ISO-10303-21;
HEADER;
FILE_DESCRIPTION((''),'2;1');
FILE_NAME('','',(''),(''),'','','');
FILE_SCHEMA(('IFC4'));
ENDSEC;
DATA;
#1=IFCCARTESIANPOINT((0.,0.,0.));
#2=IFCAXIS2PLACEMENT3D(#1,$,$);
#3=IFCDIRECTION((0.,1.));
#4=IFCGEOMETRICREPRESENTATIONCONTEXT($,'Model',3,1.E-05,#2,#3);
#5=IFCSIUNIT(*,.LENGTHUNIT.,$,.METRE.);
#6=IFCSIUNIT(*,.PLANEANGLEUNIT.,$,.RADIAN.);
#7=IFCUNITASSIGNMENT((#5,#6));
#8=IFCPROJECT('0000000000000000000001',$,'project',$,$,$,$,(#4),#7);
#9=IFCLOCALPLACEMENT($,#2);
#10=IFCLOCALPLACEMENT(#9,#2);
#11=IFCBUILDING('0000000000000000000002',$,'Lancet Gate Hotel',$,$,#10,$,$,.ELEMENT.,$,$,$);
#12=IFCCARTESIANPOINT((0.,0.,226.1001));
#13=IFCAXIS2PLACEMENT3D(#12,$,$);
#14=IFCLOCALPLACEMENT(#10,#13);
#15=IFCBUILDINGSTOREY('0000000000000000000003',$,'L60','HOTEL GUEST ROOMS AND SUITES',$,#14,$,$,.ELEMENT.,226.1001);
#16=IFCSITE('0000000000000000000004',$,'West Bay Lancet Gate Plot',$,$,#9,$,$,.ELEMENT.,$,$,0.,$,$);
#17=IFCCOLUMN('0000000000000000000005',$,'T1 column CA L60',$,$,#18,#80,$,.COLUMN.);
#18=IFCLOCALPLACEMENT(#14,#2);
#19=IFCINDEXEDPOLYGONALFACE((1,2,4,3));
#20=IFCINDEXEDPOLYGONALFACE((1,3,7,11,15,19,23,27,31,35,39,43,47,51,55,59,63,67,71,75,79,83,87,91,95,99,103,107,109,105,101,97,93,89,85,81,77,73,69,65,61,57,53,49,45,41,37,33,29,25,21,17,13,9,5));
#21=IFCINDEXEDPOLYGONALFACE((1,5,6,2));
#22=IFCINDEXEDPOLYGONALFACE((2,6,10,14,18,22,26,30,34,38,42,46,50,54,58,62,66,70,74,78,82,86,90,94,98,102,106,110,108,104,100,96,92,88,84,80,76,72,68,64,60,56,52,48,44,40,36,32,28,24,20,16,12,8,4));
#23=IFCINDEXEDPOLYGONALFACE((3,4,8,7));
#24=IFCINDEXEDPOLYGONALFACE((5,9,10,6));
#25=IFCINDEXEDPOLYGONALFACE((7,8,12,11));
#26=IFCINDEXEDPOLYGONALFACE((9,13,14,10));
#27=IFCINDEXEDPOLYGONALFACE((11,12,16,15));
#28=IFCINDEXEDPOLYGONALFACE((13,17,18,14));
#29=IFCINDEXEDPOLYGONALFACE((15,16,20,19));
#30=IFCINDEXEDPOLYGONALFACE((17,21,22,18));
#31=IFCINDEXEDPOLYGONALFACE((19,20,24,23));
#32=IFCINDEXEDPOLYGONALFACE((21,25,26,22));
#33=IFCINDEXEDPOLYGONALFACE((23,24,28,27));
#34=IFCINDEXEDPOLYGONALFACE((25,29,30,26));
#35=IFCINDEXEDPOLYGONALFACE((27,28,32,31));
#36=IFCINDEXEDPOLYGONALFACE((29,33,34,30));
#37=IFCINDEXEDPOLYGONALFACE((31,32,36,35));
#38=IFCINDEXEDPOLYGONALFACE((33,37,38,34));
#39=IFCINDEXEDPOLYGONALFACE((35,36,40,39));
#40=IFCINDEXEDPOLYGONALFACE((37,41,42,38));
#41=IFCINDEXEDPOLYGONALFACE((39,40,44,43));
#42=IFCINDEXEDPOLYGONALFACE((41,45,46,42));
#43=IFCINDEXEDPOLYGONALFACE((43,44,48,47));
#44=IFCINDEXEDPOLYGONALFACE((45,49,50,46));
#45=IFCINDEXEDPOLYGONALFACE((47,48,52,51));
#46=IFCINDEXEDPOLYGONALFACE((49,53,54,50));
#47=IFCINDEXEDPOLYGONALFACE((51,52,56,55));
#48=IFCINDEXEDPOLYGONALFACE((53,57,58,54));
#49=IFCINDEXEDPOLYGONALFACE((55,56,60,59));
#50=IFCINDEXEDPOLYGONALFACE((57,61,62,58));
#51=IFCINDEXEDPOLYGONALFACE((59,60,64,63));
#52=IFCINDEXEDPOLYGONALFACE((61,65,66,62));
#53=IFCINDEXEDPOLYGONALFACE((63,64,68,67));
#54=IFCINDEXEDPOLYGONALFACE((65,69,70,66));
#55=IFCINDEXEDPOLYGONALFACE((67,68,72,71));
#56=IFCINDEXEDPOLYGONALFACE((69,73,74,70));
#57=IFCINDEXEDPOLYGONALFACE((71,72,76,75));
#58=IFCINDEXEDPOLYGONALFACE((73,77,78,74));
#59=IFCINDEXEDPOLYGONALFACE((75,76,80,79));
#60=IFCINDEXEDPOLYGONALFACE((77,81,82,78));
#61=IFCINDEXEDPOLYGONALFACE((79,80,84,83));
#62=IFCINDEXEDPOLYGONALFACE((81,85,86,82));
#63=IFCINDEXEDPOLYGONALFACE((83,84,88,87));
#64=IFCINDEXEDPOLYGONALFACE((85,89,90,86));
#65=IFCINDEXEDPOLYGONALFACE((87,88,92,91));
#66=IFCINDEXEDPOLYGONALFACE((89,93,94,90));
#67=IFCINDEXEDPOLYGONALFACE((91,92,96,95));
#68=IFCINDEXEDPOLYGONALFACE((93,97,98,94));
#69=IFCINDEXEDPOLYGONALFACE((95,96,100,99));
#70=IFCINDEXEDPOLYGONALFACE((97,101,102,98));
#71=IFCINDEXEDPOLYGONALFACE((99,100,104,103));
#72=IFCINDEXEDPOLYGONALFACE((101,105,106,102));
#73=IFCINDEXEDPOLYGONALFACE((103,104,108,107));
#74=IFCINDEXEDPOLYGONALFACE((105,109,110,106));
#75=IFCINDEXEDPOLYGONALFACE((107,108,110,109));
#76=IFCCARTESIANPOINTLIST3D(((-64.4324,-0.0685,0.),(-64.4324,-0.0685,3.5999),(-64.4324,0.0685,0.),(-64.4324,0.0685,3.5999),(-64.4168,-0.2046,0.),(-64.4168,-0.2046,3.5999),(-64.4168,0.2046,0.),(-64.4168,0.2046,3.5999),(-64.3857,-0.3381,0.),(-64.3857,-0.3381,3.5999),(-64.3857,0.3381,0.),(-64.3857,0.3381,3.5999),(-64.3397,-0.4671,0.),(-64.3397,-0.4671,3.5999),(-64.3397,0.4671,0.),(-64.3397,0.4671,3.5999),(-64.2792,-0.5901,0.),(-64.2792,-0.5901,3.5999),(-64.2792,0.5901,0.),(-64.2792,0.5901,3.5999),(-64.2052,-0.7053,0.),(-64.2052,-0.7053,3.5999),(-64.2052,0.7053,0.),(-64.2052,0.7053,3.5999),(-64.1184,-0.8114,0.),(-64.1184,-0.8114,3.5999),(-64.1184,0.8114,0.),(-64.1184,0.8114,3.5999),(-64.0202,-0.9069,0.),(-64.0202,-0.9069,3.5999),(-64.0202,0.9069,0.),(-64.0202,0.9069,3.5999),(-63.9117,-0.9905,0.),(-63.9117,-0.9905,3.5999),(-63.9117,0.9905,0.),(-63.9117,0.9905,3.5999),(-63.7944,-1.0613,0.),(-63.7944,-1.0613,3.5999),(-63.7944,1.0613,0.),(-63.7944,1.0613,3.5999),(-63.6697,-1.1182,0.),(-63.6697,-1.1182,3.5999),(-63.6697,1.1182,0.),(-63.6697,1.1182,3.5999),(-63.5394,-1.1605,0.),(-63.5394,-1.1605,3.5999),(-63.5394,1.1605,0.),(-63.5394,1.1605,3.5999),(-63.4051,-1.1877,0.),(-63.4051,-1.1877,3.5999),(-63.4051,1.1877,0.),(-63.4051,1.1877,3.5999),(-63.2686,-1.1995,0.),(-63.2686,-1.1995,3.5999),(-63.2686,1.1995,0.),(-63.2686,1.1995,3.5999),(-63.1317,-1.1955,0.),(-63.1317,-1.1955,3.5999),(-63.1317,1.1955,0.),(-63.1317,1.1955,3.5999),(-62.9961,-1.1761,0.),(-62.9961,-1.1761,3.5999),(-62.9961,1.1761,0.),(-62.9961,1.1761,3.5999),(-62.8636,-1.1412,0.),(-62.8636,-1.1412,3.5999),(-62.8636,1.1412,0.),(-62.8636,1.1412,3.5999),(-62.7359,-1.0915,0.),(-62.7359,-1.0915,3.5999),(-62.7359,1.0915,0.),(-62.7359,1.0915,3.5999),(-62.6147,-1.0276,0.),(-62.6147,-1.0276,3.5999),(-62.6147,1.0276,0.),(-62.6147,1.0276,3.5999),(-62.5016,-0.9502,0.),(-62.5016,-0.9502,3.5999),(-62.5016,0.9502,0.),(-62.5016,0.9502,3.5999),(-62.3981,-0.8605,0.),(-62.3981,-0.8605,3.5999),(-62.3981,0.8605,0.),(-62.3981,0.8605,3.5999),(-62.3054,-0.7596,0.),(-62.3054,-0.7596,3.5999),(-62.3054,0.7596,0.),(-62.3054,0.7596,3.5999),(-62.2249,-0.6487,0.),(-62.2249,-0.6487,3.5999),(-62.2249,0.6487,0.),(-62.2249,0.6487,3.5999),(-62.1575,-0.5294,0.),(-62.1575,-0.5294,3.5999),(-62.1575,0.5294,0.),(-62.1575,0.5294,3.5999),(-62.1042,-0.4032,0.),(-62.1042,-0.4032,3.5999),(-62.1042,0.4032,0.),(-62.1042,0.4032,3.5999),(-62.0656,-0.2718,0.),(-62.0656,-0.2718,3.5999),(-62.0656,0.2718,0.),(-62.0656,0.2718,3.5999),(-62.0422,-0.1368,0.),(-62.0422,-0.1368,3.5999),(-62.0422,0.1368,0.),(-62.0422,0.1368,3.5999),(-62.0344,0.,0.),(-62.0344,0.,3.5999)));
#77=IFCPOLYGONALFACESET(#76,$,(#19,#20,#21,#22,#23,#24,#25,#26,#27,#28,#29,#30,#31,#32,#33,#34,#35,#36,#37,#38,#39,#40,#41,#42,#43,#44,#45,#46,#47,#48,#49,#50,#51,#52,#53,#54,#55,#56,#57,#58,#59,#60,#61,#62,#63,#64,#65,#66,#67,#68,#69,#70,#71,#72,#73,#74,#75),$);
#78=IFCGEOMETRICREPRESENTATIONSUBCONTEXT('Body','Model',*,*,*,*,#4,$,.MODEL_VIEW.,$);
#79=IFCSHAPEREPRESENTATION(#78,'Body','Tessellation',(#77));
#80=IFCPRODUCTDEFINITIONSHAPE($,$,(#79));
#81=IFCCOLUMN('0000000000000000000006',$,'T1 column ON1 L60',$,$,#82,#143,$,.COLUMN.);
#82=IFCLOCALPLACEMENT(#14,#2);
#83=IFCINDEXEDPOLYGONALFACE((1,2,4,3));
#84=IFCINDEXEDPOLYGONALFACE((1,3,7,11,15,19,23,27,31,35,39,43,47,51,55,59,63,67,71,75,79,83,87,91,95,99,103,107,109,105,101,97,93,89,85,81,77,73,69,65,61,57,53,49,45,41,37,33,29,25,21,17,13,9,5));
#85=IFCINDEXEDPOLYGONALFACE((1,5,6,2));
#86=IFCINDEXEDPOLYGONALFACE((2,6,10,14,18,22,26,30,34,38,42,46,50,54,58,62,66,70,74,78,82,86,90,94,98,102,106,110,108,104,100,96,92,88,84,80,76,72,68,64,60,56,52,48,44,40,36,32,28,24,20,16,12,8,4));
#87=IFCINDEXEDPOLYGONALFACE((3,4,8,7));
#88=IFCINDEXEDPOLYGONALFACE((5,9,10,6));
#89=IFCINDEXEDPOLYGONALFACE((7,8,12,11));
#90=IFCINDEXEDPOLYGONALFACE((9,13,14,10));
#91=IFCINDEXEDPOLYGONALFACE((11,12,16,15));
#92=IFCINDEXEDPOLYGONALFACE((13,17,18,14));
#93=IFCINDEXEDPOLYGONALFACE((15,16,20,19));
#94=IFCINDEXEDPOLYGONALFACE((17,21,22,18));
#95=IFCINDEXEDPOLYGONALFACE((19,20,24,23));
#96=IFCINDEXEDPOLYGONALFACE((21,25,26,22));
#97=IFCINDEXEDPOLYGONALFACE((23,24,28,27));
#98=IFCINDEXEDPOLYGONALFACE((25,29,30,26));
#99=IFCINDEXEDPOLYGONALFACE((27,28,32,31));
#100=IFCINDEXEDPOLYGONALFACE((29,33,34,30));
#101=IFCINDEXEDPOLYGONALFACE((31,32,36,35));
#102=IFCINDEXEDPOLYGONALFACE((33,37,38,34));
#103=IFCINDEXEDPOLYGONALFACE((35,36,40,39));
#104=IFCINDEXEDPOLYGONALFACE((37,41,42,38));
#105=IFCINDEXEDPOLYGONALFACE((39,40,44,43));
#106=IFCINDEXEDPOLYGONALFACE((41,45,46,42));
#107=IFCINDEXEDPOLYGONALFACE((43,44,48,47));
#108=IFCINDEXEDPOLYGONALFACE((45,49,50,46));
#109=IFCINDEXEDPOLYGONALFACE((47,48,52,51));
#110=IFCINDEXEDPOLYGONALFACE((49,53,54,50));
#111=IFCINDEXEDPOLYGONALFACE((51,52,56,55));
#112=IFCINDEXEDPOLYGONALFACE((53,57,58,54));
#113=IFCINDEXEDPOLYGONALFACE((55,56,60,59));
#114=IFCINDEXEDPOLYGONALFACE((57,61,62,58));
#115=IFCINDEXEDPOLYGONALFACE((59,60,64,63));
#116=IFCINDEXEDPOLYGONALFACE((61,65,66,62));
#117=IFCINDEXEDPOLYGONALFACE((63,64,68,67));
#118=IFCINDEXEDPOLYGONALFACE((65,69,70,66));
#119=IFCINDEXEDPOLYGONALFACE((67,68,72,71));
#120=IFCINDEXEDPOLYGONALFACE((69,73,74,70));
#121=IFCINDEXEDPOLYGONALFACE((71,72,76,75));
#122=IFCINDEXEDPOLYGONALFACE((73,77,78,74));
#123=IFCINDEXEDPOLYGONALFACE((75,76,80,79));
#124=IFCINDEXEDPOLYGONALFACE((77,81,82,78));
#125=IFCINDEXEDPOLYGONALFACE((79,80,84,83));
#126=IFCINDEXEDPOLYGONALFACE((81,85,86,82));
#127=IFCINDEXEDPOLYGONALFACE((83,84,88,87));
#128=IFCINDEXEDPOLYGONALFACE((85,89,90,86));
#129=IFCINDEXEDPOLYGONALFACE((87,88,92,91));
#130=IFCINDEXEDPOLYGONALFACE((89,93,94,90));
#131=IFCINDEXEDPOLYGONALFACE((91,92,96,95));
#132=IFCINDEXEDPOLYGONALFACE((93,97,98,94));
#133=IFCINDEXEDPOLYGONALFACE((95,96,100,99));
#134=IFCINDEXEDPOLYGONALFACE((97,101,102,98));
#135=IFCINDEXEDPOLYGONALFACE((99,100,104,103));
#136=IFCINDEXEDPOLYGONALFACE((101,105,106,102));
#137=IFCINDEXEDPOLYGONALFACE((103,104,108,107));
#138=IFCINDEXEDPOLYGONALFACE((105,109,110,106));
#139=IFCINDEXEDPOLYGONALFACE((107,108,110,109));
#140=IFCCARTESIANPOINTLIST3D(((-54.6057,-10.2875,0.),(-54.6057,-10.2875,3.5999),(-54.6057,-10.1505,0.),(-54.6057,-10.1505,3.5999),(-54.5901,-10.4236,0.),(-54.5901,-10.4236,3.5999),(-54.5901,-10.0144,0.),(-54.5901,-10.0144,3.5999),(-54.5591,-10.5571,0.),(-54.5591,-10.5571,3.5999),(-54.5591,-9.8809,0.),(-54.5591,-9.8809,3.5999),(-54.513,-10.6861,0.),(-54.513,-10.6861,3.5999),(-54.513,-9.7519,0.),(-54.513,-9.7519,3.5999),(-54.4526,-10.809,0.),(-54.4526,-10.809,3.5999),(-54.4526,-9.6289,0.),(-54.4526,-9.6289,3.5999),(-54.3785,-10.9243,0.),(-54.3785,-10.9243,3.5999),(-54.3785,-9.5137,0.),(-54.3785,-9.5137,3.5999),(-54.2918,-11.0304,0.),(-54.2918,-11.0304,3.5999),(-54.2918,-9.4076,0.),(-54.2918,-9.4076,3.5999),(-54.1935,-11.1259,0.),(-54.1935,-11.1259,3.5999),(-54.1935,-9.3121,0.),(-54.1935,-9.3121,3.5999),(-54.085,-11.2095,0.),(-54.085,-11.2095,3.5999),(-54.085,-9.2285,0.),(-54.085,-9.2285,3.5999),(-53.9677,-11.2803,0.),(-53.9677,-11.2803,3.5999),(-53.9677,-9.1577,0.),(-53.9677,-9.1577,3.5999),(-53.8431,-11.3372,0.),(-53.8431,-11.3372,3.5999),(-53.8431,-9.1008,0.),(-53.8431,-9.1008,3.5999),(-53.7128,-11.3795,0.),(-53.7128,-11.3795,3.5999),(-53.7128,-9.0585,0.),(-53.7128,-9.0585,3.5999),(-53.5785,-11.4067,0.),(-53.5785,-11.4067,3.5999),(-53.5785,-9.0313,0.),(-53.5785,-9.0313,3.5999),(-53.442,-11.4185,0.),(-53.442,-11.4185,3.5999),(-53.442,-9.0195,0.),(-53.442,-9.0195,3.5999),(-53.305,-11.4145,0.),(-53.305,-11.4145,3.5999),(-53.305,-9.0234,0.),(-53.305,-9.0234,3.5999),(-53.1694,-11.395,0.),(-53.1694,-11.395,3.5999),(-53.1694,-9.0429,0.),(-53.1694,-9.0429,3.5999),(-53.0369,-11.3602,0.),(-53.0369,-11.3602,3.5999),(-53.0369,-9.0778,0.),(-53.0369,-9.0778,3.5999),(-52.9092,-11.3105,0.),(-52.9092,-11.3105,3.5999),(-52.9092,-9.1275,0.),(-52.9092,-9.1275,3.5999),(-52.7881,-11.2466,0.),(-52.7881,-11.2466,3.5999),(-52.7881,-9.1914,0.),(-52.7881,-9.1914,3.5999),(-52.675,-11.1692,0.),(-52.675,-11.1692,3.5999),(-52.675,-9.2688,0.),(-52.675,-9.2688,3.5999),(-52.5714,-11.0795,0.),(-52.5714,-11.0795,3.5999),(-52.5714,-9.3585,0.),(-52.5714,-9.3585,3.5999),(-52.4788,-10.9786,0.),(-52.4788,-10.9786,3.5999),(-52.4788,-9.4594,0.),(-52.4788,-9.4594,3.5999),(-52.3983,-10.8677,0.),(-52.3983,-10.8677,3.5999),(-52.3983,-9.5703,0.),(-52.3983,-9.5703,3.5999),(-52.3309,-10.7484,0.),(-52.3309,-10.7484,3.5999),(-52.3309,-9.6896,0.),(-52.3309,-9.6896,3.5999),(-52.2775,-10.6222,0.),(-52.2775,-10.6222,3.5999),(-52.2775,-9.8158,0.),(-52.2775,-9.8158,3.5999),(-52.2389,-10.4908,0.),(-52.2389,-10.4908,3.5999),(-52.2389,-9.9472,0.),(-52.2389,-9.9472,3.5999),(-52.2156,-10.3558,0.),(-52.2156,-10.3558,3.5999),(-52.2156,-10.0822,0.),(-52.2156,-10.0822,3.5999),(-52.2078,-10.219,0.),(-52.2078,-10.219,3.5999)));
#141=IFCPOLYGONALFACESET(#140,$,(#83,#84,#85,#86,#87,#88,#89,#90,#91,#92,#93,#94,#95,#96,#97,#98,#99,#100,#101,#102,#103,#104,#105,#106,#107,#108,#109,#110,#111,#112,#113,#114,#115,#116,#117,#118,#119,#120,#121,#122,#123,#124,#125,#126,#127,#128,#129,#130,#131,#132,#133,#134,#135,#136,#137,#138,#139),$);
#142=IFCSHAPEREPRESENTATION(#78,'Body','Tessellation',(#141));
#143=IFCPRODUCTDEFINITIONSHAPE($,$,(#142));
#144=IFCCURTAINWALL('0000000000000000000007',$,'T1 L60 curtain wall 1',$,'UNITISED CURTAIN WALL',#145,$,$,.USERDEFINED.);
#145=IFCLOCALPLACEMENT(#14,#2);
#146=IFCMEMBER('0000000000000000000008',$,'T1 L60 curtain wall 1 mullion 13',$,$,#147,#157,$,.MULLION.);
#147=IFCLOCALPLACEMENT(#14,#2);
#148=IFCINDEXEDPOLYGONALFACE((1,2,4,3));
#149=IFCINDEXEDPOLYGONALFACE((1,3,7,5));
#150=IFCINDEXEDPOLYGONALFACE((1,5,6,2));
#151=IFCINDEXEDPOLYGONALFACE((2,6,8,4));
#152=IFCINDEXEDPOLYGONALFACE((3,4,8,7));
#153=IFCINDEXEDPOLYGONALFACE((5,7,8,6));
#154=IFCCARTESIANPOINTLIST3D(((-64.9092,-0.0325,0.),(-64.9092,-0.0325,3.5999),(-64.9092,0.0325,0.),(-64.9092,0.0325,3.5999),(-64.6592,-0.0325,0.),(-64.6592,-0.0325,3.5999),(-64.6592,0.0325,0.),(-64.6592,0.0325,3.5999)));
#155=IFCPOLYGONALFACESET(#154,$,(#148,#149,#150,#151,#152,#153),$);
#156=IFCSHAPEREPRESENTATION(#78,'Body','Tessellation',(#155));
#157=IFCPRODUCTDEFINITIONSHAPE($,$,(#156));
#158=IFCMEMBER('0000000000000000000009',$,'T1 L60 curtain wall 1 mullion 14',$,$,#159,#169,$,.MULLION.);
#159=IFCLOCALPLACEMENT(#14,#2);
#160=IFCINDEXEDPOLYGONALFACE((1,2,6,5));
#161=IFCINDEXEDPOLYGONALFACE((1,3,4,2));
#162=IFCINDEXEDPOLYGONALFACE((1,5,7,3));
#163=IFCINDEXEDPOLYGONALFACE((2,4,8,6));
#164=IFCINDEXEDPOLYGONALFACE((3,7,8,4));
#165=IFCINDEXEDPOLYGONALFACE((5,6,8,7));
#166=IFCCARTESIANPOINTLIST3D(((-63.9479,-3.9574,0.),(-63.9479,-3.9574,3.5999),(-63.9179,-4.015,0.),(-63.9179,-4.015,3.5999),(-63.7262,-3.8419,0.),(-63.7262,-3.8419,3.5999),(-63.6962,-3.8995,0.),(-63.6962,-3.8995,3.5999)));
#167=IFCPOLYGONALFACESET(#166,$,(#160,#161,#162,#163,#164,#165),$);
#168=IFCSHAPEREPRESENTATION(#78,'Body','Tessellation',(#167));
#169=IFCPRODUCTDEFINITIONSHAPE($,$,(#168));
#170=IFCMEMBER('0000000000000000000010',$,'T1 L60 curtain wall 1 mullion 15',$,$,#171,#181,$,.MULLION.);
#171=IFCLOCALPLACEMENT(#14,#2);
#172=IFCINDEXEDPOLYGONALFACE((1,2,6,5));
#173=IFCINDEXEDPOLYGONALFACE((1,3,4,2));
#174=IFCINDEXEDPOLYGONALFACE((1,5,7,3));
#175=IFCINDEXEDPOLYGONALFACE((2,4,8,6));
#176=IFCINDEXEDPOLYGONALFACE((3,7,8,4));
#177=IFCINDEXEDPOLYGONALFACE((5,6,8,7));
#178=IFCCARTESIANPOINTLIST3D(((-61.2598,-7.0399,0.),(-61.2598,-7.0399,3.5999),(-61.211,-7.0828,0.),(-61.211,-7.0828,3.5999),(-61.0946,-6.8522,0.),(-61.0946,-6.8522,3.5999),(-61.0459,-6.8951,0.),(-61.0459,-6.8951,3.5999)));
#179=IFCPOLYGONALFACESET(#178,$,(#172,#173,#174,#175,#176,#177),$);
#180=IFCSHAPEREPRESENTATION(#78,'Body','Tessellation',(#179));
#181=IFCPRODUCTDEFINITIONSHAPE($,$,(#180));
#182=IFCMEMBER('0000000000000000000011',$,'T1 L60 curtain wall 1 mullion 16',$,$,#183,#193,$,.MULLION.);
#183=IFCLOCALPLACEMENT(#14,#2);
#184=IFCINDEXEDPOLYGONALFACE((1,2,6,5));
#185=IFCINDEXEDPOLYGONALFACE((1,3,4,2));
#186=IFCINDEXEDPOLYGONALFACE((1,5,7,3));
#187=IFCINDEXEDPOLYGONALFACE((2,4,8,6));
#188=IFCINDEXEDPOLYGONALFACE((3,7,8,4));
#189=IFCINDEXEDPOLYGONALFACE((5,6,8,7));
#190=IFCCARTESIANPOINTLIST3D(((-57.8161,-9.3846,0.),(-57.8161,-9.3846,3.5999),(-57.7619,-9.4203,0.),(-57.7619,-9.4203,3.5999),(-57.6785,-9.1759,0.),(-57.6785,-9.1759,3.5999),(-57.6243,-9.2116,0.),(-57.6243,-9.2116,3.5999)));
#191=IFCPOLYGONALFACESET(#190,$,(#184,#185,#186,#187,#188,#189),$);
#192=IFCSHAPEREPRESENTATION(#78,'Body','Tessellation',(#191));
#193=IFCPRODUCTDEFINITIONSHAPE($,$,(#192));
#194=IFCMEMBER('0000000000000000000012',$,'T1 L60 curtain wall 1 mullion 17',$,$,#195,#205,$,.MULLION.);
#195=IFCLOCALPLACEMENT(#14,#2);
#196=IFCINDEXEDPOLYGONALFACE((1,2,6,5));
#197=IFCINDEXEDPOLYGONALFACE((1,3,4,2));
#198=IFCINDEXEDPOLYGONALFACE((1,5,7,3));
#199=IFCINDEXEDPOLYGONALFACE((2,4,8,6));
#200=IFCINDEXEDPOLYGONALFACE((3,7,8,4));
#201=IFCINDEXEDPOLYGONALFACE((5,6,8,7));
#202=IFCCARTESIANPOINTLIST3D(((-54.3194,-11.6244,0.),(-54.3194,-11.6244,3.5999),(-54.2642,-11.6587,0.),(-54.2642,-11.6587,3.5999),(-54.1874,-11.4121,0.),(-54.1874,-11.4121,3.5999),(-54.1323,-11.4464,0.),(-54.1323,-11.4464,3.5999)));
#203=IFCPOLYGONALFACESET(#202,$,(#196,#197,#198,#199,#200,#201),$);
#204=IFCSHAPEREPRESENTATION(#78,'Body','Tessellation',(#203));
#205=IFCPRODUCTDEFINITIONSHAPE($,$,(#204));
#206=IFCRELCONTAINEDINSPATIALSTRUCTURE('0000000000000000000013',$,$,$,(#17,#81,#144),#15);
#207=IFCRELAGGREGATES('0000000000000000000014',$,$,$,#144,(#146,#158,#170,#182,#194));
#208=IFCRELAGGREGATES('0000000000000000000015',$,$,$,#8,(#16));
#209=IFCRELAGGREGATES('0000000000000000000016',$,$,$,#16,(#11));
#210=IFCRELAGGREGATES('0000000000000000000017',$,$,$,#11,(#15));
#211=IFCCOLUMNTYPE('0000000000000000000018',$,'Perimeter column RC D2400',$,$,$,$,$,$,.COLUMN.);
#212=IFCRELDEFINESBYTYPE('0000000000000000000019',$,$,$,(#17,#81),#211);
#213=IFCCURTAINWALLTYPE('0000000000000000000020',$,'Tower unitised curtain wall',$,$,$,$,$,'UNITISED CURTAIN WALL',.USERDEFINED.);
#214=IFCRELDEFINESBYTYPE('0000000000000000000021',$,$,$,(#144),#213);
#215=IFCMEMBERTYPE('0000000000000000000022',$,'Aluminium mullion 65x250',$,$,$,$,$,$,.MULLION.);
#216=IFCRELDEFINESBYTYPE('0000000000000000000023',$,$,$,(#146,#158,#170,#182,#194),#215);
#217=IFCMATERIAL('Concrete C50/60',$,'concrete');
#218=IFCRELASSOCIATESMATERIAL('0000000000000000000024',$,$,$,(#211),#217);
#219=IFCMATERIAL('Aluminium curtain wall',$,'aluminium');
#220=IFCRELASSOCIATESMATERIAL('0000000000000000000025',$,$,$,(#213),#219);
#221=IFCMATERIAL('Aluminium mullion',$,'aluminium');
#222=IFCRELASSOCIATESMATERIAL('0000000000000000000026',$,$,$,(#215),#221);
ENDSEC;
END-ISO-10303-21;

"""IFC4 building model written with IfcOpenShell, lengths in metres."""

from ifc_helpers import new_model, si_unit, direction, frame, origin, origin_2d, place, context, subcontext, project, spatial, rectangle, circle, extrude, material, material_profile, profile_set, type_object, element, aggregate, save


model = new_model("IFC4")

# Units and contexts
model_context = context("Model", 3, precision=1e-05, world=origin(), true_north=direction((0.0, 1.0)))
body_context = subcontext(model_context, "Body", "Model", "MODEL_VIEW")
ifc_project = project(units=[si_unit("LENGTHUNIT", "METRE"), si_unit("PLANEANGLEUNIT", "RADIAN")], contexts=[model_context])

# Site, building, storey
site_placement = place(None, origin())
site = spatial("IfcSite", under=ifc_project, at=site_placement, Name="West Bay Lancet Gate Plot", CompositionType="ELEMENT", RefElevation=0.0)
building_placement = place(site_placement, origin())
building = spatial("IfcBuilding", under=site, at=building_placement, Name="Lancet Gate Hotel", CompositionType="ELEMENT")
storey_placement = place(building_placement, frame((0.0, 0.0, 226.1001)))
storey = spatial("IfcBuildingStorey", under=building, at=storey_placement, Name="L60", Description="HOTEL GUEST ROOMS AND SUITES", CompositionType="ELEMENT", Elevation=226.1001)

# Columns
ifc_material_1 = material(Name="Concrete C50/60", Category="concrete")
ifc_material_profile_1 = material_profile(ifc_material_1, circle(Radius=1.2, at=origin_2d()), Name="RC D2400")
ifc_profile_set_1 = profile_set([ifc_material_profile_1], Name="Concrete C50/60")
column_type = type_object("IfcColumnType", Name="Perimeter column RC D2400", PredefinedType="COLUMN", material=ifc_profile_set_1)
for number, where, z_axis, x_axis, name in (
    (1, (-63.2344, 0.0, 0.0), (0.0, 0.0, 1.0), (1.0, 0.0, 0.0), "T1 column CA L60"),
    (2, (-53.4077, -10.219, 0.0), (0.0, 0.0, 1.0), (1.0, 0.0, 0.0), "T1 column ON1 L60"),
):
    element("IfcColumn", number, at=place(storey_placement, frame(where, z_axis=z_axis, x_axis=x_axis)), inside=storey, type_object=column_type, Name=name, PredefinedType="COLUMN", context=body_context, shape_type="SweptSolid", body=[
        extrude(circle(Radius=1.2, at=origin_2d()), origin(), (0.0, 0.0, 1.0), 3.5999),
    ])

# Curtain wall, members
ifc_material_2 = material(Name="Aluminium curtain wall", Category="aluminium")
curtain_wall_type = type_object("IfcCurtainWallType", Name="Tower unitised curtain wall", ElementType="UNITISED CURTAIN WALL", PredefinedType="USERDEFINED", material=ifc_material_2)
curtain_wall_placement = place(storey_placement, origin())
curtain_wall = element("IfcCurtainWall", 3, at=curtain_wall_placement, inside=storey, type_object=curtain_wall_type, Name="T1 L60 curtain wall 1", ObjectType="UNITISED CURTAIN WALL", PredefinedType="USERDEFINED")
ifc_material_3 = material(Name="Aluminium mullion", Category="aluminium")
ifc_material_profile_2 = material_profile(ifc_material_3, rectangle(XDim=0.0649, YDim=0.25, at=origin_2d()), Name="MULLION 65x250")
ifc_profile_set_2 = profile_set([ifc_material_profile_2], Name="Aluminium mullion")
member_type_1 = type_object("IfcMemberType", Name="Aluminium mullion 65x250", PredefinedType="MULLION", material=ifc_profile_set_2)
member_1_placement = place(storey_placement, frame((-64.7842, 0.0, 0.0), z_axis=(0.0, 0.0, 1.0), x_axis=(0.0, -1.0, 0.0)))
member_1 = element("IfcMember", 4, at=member_1_placement, type_object=member_type_1, Name="T1 L60 curtain wall 1 mullion 13", PredefinedType="MULLION", context=body_context, shape_type="SweptSolid", body=[
    extrude(rectangle(XDim=0.0649, YDim=0.25, at=origin_2d()), origin(), (0.0, 0.0, 1.0), 3.5999),
])
member_2_placement = place(storey_placement, frame((-63.822, -3.9285, 0.0), z_axis=(0.0, 0.0, 1.0), x_axis=(0.462178, -0.886787, 0.0)))
member_2 = element("IfcMember", 5, at=member_2_placement, type_object=member_type_1, Name="T1 L60 curtain wall 1 mullion 14", PredefinedType="MULLION", context=body_context, shape_type="SweptSolid", body=[
    extrude(rectangle(XDim=0.0649, YDim=0.25, at=origin_2d()), origin(), (0.0, 0.0, 1.0), 3.5999),
])
member_3_placement = place(storey_placement, frame((-61.1528, -6.9675, 0.0), z_axis=(0.0, 0.0, 1.0), x_axis=(0.750716, -0.660626, 0.0)))
member_3 = element("IfcMember", 6, at=member_3_placement, type_object=member_type_1, Name="T1 L60 curtain wall 1 mullion 15", PredefinedType="MULLION", context=body_context, shape_type="SweptSolid", body=[
    extrude(rectangle(XDim=0.0649, YDim=0.25, at=origin_2d()), origin(), (0.0, 0.0, 1.0), 3.5999),
])
member_4_placement = place(storey_placement, frame((-57.7202, -9.2981, 0.0), z_axis=(0.0, 0.0, 1.0), x_axis=(0.834827, -0.550512, 0.0)))
member_4 = element("IfcMember", 7, at=member_4_placement, type_object=member_type_1, Name="T1 L60 curtain wall 1 mullion 16", PredefinedType="MULLION", context=body_context, shape_type="SweptSolid", body=[
    extrude(rectangle(XDim=0.0649, YDim=0.25, at=origin_2d()), origin(), (0.0, 0.0, 1.0), 3.5999),
])
member_5_placement = place(storey_placement, frame((-54.2258, -11.5354, 0.0), z_axis=(0.0, 0.0, 1.0), x_axis=(0.849342, -0.527842, 0.0)))
member_5 = element("IfcMember", 8, at=member_5_placement, type_object=member_type_1, Name="T1 L60 curtain wall 1 mullion 17", PredefinedType="MULLION", context=body_context, shape_type="SweptSolid", body=[
    extrude(rectangle(XDim=0.0649, YDim=0.25, at=origin_2d()), origin(), (0.0, 0.0, 1.0), 3.5999),
])

aggregate(curtain_wall, [member_1, member_2, member_3, member_4, member_5])

save(model, "model.ifc")
